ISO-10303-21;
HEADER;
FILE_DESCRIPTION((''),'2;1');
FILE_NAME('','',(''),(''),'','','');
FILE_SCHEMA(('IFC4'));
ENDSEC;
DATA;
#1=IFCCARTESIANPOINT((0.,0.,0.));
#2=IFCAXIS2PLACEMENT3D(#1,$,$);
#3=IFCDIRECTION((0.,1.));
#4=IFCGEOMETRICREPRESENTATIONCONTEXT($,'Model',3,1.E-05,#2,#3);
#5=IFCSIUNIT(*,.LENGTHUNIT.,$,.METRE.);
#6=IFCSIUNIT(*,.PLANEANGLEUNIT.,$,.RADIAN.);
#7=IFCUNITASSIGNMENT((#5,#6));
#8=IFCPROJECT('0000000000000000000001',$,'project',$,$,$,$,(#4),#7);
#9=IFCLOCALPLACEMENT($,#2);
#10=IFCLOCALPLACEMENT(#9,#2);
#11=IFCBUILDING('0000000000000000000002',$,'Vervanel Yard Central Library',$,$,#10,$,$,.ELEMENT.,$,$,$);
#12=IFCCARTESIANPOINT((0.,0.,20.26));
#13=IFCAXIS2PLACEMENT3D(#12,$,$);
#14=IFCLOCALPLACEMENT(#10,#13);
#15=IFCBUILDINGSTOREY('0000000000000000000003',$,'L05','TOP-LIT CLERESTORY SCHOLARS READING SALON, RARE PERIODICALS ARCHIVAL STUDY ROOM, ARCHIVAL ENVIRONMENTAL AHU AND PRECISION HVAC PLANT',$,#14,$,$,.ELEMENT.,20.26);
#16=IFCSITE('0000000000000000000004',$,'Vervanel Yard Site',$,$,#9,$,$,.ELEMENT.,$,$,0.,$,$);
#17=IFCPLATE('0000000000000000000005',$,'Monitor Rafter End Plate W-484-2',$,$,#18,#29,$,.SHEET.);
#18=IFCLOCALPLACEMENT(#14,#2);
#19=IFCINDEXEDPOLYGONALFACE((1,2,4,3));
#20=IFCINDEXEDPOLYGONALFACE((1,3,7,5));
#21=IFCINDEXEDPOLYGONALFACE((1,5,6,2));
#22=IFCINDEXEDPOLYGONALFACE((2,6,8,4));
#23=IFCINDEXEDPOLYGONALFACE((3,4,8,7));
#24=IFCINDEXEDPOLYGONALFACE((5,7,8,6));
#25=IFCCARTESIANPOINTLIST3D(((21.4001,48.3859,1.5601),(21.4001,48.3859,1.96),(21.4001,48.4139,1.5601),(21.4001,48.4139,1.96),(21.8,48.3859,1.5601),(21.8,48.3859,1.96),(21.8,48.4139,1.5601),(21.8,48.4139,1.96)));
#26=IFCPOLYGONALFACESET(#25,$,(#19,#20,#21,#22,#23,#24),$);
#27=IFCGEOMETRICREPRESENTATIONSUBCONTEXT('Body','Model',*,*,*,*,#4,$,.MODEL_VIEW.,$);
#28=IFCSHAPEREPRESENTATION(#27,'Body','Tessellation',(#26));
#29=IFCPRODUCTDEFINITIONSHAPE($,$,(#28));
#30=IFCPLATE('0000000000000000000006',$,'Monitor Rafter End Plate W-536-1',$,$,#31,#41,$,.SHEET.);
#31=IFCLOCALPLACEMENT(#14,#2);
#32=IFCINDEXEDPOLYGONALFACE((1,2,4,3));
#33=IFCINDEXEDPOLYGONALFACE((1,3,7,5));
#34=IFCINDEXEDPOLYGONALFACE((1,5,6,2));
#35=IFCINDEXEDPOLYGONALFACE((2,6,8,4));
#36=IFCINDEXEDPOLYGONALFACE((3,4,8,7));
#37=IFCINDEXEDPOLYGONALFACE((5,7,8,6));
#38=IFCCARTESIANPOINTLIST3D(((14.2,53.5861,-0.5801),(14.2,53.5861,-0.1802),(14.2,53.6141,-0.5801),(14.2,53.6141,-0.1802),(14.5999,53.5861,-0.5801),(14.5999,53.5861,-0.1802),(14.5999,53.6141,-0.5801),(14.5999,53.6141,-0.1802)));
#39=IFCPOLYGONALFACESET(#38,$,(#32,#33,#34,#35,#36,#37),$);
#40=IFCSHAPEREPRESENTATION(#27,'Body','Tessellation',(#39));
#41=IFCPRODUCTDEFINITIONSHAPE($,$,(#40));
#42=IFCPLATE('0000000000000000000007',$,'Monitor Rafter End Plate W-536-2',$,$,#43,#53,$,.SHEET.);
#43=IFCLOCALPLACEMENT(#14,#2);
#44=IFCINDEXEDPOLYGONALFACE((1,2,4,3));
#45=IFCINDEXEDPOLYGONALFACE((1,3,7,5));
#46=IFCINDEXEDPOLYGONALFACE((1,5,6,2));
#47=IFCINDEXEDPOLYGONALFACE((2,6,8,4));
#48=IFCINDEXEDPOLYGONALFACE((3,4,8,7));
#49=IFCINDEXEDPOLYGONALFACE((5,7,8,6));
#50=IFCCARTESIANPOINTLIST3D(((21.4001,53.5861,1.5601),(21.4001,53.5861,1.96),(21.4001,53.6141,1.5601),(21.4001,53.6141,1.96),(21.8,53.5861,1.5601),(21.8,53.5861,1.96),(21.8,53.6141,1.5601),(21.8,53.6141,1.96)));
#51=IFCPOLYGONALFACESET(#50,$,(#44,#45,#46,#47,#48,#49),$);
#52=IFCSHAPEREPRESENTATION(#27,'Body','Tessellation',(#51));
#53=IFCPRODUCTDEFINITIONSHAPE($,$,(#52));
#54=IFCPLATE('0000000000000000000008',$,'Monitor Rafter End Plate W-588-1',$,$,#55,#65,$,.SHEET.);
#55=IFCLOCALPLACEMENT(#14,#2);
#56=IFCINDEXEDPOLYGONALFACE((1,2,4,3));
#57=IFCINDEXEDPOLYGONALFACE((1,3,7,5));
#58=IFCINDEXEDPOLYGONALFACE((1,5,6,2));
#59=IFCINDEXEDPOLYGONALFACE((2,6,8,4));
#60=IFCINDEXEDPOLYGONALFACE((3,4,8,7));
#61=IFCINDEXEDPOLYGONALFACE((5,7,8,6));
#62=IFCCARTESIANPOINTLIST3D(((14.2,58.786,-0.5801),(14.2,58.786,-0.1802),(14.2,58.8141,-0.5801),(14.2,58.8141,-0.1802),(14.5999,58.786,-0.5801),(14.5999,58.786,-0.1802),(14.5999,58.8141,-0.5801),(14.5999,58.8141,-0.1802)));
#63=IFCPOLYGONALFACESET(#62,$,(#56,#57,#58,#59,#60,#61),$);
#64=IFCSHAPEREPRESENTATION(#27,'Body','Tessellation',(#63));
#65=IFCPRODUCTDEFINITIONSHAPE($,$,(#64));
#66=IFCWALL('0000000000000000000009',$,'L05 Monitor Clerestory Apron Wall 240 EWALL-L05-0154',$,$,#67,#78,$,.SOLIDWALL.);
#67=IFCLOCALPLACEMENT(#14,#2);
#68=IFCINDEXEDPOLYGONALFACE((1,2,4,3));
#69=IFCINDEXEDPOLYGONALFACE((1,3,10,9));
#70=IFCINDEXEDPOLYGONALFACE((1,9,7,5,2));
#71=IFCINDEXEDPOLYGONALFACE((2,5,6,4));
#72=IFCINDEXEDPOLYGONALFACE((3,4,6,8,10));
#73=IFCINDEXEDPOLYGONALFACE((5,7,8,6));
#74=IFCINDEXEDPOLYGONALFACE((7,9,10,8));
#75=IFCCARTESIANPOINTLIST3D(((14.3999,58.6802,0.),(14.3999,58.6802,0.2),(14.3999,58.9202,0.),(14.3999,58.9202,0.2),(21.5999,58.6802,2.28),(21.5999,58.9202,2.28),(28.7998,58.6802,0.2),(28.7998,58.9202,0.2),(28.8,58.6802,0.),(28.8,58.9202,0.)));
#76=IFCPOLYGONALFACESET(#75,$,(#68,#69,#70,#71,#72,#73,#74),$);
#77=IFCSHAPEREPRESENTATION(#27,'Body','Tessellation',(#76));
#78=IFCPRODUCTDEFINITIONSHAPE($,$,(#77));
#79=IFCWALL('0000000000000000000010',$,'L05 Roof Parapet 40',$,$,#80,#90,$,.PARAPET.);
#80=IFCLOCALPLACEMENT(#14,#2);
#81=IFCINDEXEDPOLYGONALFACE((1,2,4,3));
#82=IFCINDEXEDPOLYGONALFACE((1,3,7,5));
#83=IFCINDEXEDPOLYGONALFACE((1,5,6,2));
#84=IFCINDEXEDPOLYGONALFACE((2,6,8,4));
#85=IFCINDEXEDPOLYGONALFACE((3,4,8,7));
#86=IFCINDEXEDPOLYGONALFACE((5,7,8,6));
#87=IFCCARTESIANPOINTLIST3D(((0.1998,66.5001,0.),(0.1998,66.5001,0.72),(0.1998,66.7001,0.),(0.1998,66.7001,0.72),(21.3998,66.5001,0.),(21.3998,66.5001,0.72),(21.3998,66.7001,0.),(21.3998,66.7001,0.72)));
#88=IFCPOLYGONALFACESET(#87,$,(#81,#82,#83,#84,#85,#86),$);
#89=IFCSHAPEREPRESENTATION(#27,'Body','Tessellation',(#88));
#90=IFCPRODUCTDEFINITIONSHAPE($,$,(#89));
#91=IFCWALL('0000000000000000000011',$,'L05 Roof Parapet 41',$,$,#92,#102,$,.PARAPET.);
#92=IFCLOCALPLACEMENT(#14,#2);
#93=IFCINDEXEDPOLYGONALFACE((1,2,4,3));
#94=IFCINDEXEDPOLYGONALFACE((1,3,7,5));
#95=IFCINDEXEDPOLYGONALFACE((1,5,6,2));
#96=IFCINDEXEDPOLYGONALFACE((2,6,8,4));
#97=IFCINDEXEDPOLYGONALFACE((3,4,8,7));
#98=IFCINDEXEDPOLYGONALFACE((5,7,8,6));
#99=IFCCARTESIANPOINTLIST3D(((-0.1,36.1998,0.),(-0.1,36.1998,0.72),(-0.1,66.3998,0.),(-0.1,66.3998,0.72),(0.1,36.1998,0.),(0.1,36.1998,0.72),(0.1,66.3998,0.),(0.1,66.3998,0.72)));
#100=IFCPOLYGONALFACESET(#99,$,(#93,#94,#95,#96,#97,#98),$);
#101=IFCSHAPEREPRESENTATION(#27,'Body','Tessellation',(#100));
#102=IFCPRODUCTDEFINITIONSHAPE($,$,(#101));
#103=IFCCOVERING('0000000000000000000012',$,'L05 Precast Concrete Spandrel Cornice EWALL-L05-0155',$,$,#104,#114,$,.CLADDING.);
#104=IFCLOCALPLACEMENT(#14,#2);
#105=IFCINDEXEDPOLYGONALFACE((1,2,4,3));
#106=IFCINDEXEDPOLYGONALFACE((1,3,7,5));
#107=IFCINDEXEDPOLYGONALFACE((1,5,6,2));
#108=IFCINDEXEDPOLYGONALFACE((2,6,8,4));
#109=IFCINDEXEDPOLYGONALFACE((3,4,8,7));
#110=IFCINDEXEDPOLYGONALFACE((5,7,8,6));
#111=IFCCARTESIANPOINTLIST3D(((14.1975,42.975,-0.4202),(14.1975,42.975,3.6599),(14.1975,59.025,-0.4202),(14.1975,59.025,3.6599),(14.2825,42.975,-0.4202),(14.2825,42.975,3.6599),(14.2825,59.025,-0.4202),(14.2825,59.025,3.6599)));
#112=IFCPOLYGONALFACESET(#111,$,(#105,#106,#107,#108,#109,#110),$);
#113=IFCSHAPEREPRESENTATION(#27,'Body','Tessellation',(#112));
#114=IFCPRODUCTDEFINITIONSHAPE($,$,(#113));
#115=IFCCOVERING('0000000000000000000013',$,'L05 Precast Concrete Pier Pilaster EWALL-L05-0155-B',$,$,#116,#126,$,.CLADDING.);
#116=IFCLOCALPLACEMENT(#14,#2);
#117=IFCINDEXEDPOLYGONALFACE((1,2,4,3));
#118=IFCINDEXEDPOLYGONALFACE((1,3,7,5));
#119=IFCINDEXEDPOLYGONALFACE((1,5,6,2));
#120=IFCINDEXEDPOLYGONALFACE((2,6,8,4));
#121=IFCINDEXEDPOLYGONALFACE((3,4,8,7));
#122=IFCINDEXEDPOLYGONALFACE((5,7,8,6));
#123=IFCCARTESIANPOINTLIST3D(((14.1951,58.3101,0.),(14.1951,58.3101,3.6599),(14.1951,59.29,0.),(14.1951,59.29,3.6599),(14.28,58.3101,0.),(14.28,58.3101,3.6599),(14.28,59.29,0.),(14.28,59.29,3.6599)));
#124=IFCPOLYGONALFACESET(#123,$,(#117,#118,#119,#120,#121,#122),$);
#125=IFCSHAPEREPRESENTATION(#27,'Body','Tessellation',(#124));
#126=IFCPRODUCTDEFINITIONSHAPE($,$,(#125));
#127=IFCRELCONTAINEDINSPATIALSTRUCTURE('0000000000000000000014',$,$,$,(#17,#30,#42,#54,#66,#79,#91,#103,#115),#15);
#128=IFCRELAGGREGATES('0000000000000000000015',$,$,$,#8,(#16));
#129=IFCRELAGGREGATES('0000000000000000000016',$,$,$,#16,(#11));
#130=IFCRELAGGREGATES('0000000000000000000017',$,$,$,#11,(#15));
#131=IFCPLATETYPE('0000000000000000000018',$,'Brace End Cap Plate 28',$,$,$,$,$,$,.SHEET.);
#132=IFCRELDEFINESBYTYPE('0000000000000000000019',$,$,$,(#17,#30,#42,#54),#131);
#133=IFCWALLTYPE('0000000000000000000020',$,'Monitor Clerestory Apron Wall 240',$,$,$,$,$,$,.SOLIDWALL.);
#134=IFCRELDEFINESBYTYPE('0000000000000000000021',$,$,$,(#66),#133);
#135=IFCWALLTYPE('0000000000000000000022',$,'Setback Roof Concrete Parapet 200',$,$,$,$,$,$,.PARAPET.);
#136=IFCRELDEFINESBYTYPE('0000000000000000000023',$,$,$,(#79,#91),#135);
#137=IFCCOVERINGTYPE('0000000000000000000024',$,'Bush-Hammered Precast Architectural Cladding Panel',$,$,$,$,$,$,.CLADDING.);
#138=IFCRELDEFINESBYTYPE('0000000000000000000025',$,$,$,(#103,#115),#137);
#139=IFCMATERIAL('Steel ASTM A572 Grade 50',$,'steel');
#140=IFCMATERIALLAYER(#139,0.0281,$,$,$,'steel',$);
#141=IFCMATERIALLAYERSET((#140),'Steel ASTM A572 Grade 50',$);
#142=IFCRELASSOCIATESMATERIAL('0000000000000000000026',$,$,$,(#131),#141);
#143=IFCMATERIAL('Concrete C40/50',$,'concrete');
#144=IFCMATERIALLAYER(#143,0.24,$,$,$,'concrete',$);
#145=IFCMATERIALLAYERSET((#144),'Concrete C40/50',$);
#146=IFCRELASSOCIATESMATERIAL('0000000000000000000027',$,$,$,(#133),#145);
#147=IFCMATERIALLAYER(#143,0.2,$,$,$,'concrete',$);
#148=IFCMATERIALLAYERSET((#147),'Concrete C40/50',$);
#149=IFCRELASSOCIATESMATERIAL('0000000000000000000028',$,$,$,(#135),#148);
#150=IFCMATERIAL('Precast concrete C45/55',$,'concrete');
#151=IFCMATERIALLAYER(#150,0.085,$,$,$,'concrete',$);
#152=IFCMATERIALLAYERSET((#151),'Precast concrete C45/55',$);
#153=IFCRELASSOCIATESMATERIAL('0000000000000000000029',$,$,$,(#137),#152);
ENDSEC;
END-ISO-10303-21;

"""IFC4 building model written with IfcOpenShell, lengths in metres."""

from ifc_helpers import new_model, si_unit, direction, frame, frame_2d, origin, origin_2d, place, context, subcontext, project, spatial, polyline, rectangle, outline, extrude, material, layer, layer_set, type_object, element, save


model = new_model("IFC4")

# Units and contexts
model_context = context("Model", 3, precision=1e-05, world=origin(), true_north=direction((0.0, 1.0)))
body_context = subcontext(model_context, "Body", "Model", "MODEL_VIEW")
ifc_project = project(units=[si_unit("LENGTHUNIT", "METRE"), si_unit("PLANEANGLEUNIT", "RADIAN")], contexts=[model_context])

# Site, building, storey
site_placement = place(None, origin())
site = spatial("IfcSite", under=ifc_project, at=site_placement, Name="Vervanel Yard Site", CompositionType="ELEMENT", RefElevation=0.0)
building_placement = place(site_placement, origin())
building = spatial("IfcBuilding", under=site, at=building_placement, Name="Vervanel Yard Central Library", CompositionType="ELEMENT")
storey_placement = place(building_placement, frame((0.0, 0.0, 20.26)))
storey = spatial("IfcBuildingStorey", under=building, at=storey_placement, Name="L05", Description="TOP-LIT CLERESTORY SCHOLARS READING SALON, RARE PERIODICALS ARCHIVAL STUDY ROOM, ARCHIVAL ENVIRONMENTAL AHU AND PRECISION HVAC PLANT", CompositionType="ELEMENT", Elevation=20.26)

# Plates
ifc_material_1 = material(Name="Steel ASTM A572 Grade 50", Category="steel")
ifc_layer_1 = layer(ifc_material_1, 0.0281, Category="steel")
ifc_layer_set_1 = layer_set([ifc_layer_1], Name="Steel ASTM A572 Grade 50")
plate_type = type_object("IfcPlateType", Name="Brace End Cap Plate 28", PredefinedType="SHEET", material=ifc_layer_set_1)
for number, where, z_axis, x_axis, name in (
    (1, (21.6001, 48.3999, 1.5601), (0.0, 0.0, 1.0), (1.0, 0.0, 0.0), "Monitor Rafter End Plate W-484-2"),
    (2, (14.3999, 53.6001, -0.5801), (0.0, 0.0, 1.0), (1.0, 0.0, 0.0), "Monitor Rafter End Plate W-536-1"),
    (3, (21.6001, 53.6001, 1.5601), (0.0, 0.0, 1.0), (1.0, 0.0, 0.0), "Monitor Rafter End Plate W-536-2"),
    (4, (14.3999, 58.8, -0.5801), (0.0, 0.0, 1.0), (1.0, 0.0, 0.0), "Monitor Rafter End Plate W-588-1"),
):
    element("IfcPlate", number, at=place(storey_placement, frame(where, z_axis=z_axis, x_axis=x_axis)), inside=storey, type_object=plate_type, Name=name, PredefinedType="SHEET", context=body_context, shape_type="SweptSolid", body=[
        extrude(rectangle(XDim=0.3999, YDim=0.0281, at=origin_2d()), origin(), (0.0, 0.0, 1.0), 0.3999),
    ])

# Walls
ifc_material_2 = material(Name="Concrete C40/50", Category="concrete")
ifc_layer_2 = layer(ifc_material_2, 0.24, Category="concrete")
ifc_layer_set_2 = layer_set([ifc_layer_2], Name="Concrete C40/50")
wall_type_1 = type_object("IfcWallType", Name="Monitor Clerestory Apron Wall 240", PredefinedType="SOLIDWALL", material=ifc_layer_set_2)
wall_1_placement = place(storey_placement, frame((14.3999, 58.8, 0.0), z_axis=(0.0, 0.0, 1.0), x_axis=(1.0, 0.0, 0.0)))
element("IfcWall", 5, at=wall_1_placement, inside=storey, type_object=wall_type_1, Name="L05 Monitor Clerestory Apron Wall 240 EWALL-L05-0154", PredefinedType="SOLIDWALL", context=body_context, shape_type="SweptSolid", body=[
    extrude(outline(polyline([(0.0, 0.0), (14.4001, 0.0), (14.3999, 0.2), (7.2, 2.28), (0.0, 0.2), (0.0, 0.0)])), frame((0.0, 0.1201, 0.0), z_axis=(0.0, -1.0, 0.0), x_axis=(1.0, 0.0, 0.0)), (0.0, 0.0, 1.0), 0.24),
])
ifc_layer_3 = layer(ifc_material_2, 0.2, Category="concrete")
ifc_layer_set_3 = layer_set([ifc_layer_3], Name="Concrete C40/50")
wall_type_2 = type_object("IfcWallType", Name="Setback Roof Concrete Parapet 200", PredefinedType="PARAPET", material=ifc_layer_set_3)
wall_2_placement = place(storey_placement, frame((21.3999, 66.6001, 0.0), z_axis=(0.0, 0.0, 1.0), x_axis=(-1.0, 0.0, 0.0)))
element("IfcWall", 6, at=wall_2_placement, inside=storey, type_object=wall_type_2, Name="L05 Roof Parapet 40", PredefinedType="PARAPET", context=body_context, shape_type="SweptSolid", body=[
    extrude(rectangle(XDim=21.2, YDim=0.2, at=frame_2d((10.6001, 0.0))), origin(), (0.0, 0.0, 1.0), 0.72),
])
wall_3_placement = place(storey_placement, frame((0.0, 66.3999, 0.0), z_axis=(0.0, 0.0, 1.0), x_axis=(0.0, -1.0, 0.0)))
element("IfcWall", 7, at=wall_3_placement, inside=storey, type_object=wall_type_2, Name="L05 Roof Parapet 41", PredefinedType="PARAPET", context=body_context, shape_type="SweptSolid", body=[
    extrude(rectangle(XDim=30.2, YDim=0.2, at=frame_2d((15.1001, 0.0))), origin(), (0.0, 0.0, 1.0), 0.72),
])

# Coverings
ifc_material_3 = material(Name="Precast concrete C45/55", Category="concrete")
ifc_layer_4 = layer(ifc_material_3, 0.085, Category="concrete")
ifc_layer_set_4 = layer_set([ifc_layer_4], Name="Precast concrete C45/55")
covering_type = type_object("IfcCoveringType", Name="Bush-Hammered Precast Architectural Cladding Panel", PredefinedType="CLADDING", material=ifc_layer_set_4)
covering_1_placement = place(storey_placement, frame((14.24, 51.0, -0.4202), z_axis=(0.0, 0.0, 1.0), x_axis=(0.0, 1.0, 0.0)))
element("IfcCovering", 8, at=covering_1_placement, inside=storey, type_object=covering_type, Name="L05 Precast Concrete Spandrel Cornice EWALL-L05-0155", PredefinedType="CLADDING", context=body_context, shape_type="SweptSolid", body=[
    extrude(rectangle(XDim=16.05, YDim=0.085, at=origin_2d()), origin(), (0.0, 0.0, 1.0), 4.0801),
])
covering_2_placement = place(storey_placement, frame((14.2375, 58.8, 0.0), z_axis=(0.0, 0.0, 1.0), x_axis=(0.0, 1.0, 0.0)))
element("IfcCovering", 9, at=covering_2_placement, inside=storey, type_object=covering_type, Name="L05 Precast Concrete Pier Pilaster EWALL-L05-0155-B", PredefinedType="CLADDING", context=body_context, shape_type="SweptSolid", body=[
    extrude(rectangle(XDim=0.98, YDim=0.085, at=origin_2d()), origin(), (0.0, 0.0, 1.0), 3.6599),
])

save(model, "model.ifc")
